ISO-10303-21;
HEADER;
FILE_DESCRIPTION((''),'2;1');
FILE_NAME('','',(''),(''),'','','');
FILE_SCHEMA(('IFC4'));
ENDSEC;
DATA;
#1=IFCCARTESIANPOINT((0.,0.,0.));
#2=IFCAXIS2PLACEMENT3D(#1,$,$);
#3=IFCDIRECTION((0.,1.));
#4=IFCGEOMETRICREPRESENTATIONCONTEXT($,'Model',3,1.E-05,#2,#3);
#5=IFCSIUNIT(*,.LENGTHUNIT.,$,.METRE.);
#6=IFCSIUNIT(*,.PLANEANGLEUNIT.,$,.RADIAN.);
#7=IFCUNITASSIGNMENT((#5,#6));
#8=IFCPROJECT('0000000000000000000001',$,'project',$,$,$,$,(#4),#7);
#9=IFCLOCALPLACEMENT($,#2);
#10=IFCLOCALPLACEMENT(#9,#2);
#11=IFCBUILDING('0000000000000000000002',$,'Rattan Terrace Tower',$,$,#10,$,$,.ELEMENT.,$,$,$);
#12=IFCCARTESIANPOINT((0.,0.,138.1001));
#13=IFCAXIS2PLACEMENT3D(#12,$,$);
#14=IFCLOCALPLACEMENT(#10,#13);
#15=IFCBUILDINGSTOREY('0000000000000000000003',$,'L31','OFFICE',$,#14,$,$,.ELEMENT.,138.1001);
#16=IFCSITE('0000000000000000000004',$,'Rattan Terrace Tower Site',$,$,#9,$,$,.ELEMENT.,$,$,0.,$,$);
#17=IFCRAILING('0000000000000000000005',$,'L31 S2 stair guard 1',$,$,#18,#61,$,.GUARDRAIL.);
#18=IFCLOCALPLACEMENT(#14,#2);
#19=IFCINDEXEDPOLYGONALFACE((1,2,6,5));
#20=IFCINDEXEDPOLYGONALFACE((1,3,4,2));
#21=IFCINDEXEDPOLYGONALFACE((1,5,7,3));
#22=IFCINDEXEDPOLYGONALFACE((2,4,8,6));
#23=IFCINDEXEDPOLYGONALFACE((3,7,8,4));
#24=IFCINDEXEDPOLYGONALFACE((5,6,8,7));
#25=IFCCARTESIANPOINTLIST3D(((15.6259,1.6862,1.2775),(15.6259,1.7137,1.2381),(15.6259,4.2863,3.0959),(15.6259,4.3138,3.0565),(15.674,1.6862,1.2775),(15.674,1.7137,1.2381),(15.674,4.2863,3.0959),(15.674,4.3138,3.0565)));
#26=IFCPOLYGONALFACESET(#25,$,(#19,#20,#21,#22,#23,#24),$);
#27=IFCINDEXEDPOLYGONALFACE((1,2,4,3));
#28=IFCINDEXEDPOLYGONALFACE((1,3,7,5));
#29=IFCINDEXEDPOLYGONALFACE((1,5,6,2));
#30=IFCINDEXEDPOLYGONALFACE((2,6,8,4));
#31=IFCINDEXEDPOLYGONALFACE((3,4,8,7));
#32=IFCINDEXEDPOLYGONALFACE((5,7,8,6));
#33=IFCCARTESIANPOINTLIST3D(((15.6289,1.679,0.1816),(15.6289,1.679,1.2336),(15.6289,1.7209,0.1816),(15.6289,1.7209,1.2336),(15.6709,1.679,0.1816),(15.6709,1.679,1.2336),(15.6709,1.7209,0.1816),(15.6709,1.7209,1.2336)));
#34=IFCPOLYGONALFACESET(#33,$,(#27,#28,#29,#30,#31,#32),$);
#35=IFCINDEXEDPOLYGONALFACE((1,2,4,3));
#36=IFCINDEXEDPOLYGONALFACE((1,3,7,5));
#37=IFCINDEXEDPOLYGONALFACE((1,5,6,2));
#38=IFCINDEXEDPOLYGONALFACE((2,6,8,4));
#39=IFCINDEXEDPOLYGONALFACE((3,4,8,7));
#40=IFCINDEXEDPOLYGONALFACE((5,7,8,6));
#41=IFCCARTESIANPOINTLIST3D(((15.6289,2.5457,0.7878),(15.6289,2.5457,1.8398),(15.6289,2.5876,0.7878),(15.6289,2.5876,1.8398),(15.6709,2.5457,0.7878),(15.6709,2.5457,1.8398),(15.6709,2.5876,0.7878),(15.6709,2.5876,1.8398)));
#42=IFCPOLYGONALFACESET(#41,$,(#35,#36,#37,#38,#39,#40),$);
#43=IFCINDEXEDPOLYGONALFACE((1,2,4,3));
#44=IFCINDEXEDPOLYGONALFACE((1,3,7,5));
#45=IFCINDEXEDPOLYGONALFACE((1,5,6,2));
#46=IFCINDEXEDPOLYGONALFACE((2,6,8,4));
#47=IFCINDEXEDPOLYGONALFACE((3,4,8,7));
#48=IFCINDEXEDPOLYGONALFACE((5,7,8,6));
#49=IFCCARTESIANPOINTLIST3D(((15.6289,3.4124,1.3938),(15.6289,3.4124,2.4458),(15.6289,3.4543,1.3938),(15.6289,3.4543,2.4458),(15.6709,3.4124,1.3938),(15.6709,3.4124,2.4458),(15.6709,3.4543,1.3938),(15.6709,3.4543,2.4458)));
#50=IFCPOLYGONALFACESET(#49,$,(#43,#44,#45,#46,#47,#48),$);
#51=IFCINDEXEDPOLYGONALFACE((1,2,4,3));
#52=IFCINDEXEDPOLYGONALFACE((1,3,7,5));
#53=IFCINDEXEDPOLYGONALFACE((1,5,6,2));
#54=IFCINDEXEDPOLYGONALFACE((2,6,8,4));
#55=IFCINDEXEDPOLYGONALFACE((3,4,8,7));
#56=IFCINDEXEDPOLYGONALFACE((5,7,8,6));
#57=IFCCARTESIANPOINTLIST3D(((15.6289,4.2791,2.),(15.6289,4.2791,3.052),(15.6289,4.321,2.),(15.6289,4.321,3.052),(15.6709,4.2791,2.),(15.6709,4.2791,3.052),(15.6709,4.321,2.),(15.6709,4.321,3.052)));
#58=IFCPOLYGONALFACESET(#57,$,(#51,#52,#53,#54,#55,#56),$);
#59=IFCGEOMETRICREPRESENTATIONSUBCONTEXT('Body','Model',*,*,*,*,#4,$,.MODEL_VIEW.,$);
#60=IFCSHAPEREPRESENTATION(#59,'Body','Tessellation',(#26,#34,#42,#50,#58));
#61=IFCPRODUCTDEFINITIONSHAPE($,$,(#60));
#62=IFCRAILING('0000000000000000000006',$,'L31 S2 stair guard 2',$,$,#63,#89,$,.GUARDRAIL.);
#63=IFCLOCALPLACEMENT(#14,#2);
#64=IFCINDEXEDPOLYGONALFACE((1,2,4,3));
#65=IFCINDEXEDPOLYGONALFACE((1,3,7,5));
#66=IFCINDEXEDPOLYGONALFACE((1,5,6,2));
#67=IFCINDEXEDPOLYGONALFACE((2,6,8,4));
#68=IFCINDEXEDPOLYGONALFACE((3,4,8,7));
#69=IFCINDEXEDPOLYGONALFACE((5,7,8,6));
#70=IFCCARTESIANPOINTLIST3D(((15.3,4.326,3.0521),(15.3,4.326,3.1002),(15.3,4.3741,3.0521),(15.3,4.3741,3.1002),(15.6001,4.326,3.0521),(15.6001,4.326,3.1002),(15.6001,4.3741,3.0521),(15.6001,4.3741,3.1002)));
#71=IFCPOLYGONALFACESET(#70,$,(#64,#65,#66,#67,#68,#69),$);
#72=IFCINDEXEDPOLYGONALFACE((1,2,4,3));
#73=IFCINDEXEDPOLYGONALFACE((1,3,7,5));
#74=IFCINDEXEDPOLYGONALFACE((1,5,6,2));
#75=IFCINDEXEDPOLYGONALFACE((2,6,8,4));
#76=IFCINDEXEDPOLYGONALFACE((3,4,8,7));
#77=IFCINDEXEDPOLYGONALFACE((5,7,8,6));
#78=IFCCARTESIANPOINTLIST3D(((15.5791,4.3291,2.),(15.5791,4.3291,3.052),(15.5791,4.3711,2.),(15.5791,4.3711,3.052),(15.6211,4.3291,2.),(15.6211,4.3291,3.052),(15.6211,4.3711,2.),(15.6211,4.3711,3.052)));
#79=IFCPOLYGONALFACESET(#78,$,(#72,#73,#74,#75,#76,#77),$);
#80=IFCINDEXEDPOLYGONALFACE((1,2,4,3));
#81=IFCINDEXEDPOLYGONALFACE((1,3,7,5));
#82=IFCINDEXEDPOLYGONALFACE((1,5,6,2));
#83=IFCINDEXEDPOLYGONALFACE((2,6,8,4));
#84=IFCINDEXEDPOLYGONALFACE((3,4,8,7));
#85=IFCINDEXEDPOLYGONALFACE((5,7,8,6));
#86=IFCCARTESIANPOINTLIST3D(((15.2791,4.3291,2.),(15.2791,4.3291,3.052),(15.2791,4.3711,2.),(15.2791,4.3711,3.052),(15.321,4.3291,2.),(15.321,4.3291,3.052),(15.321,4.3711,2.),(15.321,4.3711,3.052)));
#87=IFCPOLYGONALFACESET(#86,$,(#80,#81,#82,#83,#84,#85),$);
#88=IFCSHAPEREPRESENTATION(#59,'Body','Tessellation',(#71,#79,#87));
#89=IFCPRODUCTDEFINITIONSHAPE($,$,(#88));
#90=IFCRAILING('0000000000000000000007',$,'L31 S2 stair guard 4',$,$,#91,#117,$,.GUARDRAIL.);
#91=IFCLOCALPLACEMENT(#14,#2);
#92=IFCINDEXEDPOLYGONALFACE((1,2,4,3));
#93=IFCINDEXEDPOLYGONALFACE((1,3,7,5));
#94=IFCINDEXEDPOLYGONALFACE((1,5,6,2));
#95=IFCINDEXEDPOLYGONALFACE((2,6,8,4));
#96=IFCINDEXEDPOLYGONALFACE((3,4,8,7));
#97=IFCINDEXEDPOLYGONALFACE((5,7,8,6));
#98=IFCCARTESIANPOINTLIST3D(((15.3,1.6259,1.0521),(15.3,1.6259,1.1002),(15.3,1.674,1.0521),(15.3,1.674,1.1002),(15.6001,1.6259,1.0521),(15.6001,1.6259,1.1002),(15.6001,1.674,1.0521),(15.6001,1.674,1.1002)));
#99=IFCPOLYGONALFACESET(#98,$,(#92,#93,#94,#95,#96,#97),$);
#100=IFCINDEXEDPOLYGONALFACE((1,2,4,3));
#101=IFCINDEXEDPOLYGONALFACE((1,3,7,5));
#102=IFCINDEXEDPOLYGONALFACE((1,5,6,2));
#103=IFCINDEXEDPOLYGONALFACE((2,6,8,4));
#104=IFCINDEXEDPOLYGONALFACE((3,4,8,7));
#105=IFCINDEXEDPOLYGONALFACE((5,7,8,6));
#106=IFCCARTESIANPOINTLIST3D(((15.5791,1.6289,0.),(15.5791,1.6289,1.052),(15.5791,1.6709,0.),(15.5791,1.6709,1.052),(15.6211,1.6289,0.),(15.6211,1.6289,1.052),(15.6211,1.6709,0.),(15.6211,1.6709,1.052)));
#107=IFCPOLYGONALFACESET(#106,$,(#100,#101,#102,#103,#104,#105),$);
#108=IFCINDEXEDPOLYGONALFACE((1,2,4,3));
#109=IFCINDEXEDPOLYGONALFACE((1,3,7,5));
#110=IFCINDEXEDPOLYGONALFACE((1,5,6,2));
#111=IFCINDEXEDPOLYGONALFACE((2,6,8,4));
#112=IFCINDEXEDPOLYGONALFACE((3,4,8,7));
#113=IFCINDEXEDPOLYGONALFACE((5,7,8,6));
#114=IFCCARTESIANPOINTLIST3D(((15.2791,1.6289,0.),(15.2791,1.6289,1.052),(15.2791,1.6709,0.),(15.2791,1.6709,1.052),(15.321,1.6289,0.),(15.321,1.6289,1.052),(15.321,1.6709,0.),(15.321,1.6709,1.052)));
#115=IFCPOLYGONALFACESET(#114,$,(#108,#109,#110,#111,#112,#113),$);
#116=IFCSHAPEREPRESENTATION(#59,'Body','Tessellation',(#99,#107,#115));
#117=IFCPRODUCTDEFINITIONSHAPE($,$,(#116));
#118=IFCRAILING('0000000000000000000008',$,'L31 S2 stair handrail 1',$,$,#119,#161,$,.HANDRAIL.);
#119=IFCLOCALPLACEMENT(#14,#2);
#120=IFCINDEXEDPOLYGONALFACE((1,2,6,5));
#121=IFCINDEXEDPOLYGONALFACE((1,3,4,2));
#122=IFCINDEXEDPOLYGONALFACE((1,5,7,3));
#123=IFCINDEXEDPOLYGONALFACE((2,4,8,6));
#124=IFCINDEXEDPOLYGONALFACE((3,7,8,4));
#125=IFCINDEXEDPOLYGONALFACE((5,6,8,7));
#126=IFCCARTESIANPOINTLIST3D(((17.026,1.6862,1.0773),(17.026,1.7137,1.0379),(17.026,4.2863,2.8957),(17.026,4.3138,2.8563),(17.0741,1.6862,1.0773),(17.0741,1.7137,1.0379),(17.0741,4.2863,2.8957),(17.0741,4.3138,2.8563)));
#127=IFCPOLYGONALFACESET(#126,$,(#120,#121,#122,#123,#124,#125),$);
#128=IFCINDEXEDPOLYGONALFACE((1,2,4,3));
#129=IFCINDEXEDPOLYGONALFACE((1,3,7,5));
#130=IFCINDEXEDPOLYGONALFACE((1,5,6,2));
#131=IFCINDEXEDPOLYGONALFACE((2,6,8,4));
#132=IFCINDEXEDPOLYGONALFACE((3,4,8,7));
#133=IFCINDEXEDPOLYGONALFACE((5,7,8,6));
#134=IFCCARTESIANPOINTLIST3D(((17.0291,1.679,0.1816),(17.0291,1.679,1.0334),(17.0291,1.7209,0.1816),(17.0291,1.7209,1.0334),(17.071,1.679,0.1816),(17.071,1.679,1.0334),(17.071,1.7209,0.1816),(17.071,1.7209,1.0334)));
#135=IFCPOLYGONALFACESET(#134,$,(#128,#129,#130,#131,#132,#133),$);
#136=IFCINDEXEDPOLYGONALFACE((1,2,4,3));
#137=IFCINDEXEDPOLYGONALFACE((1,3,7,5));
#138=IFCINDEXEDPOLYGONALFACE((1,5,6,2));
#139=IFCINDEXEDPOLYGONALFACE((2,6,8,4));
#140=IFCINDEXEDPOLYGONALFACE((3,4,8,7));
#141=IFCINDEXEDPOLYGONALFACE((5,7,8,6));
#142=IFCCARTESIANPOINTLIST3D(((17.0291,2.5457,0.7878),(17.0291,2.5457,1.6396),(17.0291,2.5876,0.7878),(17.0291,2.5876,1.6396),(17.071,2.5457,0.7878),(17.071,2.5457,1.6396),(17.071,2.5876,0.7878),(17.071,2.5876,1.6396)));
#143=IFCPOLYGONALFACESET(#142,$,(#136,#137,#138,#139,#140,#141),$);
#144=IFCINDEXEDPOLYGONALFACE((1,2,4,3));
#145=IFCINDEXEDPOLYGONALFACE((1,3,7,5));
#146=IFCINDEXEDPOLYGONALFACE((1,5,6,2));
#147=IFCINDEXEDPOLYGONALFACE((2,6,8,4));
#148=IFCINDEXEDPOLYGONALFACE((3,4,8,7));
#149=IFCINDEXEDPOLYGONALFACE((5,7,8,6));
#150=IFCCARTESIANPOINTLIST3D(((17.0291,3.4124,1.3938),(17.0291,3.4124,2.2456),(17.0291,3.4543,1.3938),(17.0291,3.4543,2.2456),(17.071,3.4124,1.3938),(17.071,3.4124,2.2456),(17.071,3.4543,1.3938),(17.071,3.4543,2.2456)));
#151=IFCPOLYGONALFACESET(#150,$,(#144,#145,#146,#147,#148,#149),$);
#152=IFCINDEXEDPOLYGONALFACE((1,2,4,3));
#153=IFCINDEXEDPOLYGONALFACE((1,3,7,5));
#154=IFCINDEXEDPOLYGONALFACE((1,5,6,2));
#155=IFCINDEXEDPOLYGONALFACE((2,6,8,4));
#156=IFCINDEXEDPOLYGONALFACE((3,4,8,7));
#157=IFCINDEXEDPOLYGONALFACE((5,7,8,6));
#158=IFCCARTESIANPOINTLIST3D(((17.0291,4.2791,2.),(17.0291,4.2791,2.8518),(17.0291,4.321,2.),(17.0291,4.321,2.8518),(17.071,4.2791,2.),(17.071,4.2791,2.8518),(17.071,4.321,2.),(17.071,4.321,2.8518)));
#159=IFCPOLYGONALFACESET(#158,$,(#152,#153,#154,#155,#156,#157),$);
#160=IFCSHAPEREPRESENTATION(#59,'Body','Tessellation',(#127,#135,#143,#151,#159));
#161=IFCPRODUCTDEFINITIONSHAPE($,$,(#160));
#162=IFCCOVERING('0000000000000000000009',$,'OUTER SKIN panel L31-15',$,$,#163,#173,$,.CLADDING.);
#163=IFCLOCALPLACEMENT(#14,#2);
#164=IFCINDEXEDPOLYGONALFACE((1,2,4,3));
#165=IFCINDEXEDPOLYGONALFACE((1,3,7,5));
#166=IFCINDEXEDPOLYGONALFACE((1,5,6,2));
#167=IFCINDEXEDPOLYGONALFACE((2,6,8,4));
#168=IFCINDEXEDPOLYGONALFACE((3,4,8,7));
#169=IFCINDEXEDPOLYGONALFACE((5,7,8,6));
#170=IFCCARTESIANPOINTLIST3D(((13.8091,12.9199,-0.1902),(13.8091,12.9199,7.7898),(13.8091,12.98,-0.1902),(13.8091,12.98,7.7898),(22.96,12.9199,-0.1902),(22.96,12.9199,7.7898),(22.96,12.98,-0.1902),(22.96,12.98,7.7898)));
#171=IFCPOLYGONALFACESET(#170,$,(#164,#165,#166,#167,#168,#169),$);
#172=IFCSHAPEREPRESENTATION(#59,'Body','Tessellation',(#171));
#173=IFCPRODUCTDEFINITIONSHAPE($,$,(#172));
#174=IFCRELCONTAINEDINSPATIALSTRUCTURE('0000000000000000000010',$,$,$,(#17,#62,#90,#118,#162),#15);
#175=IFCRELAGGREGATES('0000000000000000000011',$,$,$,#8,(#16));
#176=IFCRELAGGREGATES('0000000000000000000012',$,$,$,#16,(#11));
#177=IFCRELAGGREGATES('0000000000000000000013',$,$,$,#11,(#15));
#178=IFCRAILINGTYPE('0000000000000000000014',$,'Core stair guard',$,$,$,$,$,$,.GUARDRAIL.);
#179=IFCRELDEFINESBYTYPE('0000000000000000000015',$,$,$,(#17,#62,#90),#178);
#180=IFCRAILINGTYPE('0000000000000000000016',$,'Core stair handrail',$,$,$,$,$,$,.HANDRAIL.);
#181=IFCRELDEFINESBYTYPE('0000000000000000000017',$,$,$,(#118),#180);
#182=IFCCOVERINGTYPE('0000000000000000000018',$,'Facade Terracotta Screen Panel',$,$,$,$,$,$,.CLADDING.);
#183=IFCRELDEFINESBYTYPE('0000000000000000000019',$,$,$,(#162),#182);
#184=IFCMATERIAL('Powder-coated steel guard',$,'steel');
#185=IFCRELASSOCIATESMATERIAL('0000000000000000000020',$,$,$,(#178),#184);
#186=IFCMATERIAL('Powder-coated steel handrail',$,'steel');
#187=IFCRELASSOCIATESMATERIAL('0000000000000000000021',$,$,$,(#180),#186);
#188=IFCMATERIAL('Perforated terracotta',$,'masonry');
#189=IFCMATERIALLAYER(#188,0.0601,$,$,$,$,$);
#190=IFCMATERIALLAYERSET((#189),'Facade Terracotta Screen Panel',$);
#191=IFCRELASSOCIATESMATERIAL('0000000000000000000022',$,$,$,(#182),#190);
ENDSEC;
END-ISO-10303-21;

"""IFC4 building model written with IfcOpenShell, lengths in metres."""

from ifc_helpers import new_model, si_unit, direction, frame, origin, origin_2d, place, context, subcontext, project, spatial, rectangle, extrude, material, layer, layer_set, type_object, element, save


model = new_model("IFC4")

# Units and contexts
model_context = context("Model", 3, precision=1e-05, world=origin(), true_north=direction((0.0, 1.0)))
body_context = subcontext(model_context, "Body", "Model", "MODEL_VIEW")
ifc_project = project(units=[si_unit("LENGTHUNIT", "METRE"), si_unit("PLANEANGLEUNIT", "RADIAN")], contexts=[model_context])

# Site, building, storey
site_placement = place(None, origin())
site = spatial("IfcSite", under=ifc_project, at=site_placement, Name="Rattan Terrace Tower Site", CompositionType="ELEMENT", RefElevation=0.0)
building_placement = place(site_placement, origin())
building = spatial("IfcBuilding", under=site, at=building_placement, Name="Rattan Terrace Tower", CompositionType="ELEMENT")
storey_placement = place(building_placement, frame((0.0, 0.0, 138.1001)))
storey = spatial("IfcBuildingStorey", under=building, at=storey_placement, Name="L31", Description="OFFICE", CompositionType="ELEMENT", Elevation=138.1001)

# Railings
ifc_material_1 = material(Name="Powder-coated steel guard", Category="steel")
railing_type_1 = type_object("IfcRailingType", Name="Core stair guard", PredefinedType="GUARDRAIL", material=ifc_material_1)
railing_1_placement = place(storey_placement, frame((15.6499, 1.7, 0.1816)))
element("IfcRailing", 1, at=railing_1_placement, inside=storey, type_object=railing_type_1, Name="L31 S2 stair guard 1", PredefinedType="GUARDRAIL", context=body_context, shape_type="SweptSolid", body=[
    extrude(rectangle(XDim=0.0481, YDim=0.0481, at=origin_2d()), frame((0.0, 0.0, 1.0762), z_axis=(0.0, 0.819485, 0.573101), x_axis=(-1.0, 0.0, 0.0)), (0.0, 0.0, 1.0), 3.1729),
    extrude(rectangle(XDim=0.042, YDim=0.042, at=origin_2d()), origin(), (0.0, 0.0, 1.0), 1.052),
    extrude(rectangle(XDim=0.042, YDim=0.042, at=origin_2d()), frame((0.0, 0.8667, 0.6062)), (0.0, 0.0, 1.0), 1.052),
    extrude(rectangle(XDim=0.042, YDim=0.042, at=origin_2d()), frame((0.0, 1.7334, 1.2122)), (0.0, 0.0, 1.0), 1.052),
    extrude(rectangle(XDim=0.042, YDim=0.042, at=origin_2d()), frame((0.0, 2.6001, 1.8184)), (0.0, 0.0, 1.0), 1.052),
])
for number, where, name in (
    (2, (15.6001, 4.3501, 2.0), "L31 S2 stair guard 2"),
    (3, (15.6001, 1.6499, 0.0), "L31 S2 stair guard 4"),
):
    element("IfcRailing", number, at=place(storey_placement, frame(where)), inside=storey, type_object=railing_type_1, Name=name, PredefinedType="GUARDRAIL", context=body_context, shape_type="SweptSolid", body=[
        extrude(rectangle(XDim=0.0481, YDim=0.0481, at=origin_2d()), frame((0.0, 0.0, 1.0762), z_axis=(-1.0, 0.0, 0.0), x_axis=(0.0, -1.0, 0.0)), (0.0, 0.0, 1.0), 0.3),
        extrude(rectangle(XDim=0.042, YDim=0.042, at=origin_2d()), origin(), (0.0, 0.0, 1.0), 1.052),
        extrude(rectangle(XDim=0.042, YDim=0.042, at=origin_2d()), frame((-0.3, 0.0, 0.0)), (0.0, 0.0, 1.0), 1.052),
    ])
ifc_material_2 = material(Name="Powder-coated steel handrail", Category="steel")
railing_type_2 = type_object("IfcRailingType", Name="Core stair handrail", PredefinedType="HANDRAIL", material=ifc_material_2)
railing_2_placement = place(storey_placement, frame((17.05, 1.7, 0.1816)))
element("IfcRailing", 4, at=railing_2_placement, inside=storey, type_object=railing_type_2, Name="L31 S2 stair handrail 1", PredefinedType="HANDRAIL", context=body_context, shape_type="SweptSolid", body=[
    extrude(rectangle(XDim=0.0481, YDim=0.0481, at=origin_2d()), frame((0.0, 0.0, 0.876), z_axis=(0.0, 0.819485, 0.573101), x_axis=(-1.0, 0.0, 0.0)), (0.0, 0.0, 1.0), 3.1729),
    extrude(rectangle(XDim=0.042, YDim=0.042, at=origin_2d()), origin(), (0.0, 0.0, 1.0), 0.8518),
    extrude(rectangle(XDim=0.042, YDim=0.042, at=origin_2d()), frame((0.0, 0.8667, 0.6062)), (0.0, 0.0, 1.0), 0.8518),
    extrude(rectangle(XDim=0.042, YDim=0.042, at=origin_2d()), frame((0.0, 1.7334, 1.2122)), (0.0, 0.0, 1.0), 0.8518),
    extrude(rectangle(XDim=0.042, YDim=0.042, at=origin_2d()), frame((0.0, 2.6001, 1.8184)), (0.0, 0.0, 1.0), 0.8518),
])

# Covering
ifc_material_3 = material(Name="Perforated terracotta", Category="masonry")
ifc_layer_1 = layer(ifc_material_3, 0.0601)
ifc_layer_set_1 = layer_set([ifc_layer_1], Name="Facade Terracotta Screen Panel")
covering_type = type_object("IfcCoveringType", Name="Facade Terracotta Screen Panel", PredefinedType="CLADDING", material=ifc_layer_set_1)
covering_placement = place(storey_placement, frame((18.3845, 12.95, -0.1902), z_axis=(0.0, 0.0, 1.0), x_axis=(-1.0, 0.0, 0.0)))
element("IfcCovering", 5, at=covering_placement, inside=storey, type_object=covering_type, Name="OUTER SKIN panel L31-15", PredefinedType="CLADDING", context=body_context, shape_type="SweptSolid", body=[
    extrude(rectangle(XDim=9.1509, YDim=0.0601, at=origin_2d()), origin(), (0.0, 0.0, 1.0), 7.98),
])

save(model, "model.ifc")
